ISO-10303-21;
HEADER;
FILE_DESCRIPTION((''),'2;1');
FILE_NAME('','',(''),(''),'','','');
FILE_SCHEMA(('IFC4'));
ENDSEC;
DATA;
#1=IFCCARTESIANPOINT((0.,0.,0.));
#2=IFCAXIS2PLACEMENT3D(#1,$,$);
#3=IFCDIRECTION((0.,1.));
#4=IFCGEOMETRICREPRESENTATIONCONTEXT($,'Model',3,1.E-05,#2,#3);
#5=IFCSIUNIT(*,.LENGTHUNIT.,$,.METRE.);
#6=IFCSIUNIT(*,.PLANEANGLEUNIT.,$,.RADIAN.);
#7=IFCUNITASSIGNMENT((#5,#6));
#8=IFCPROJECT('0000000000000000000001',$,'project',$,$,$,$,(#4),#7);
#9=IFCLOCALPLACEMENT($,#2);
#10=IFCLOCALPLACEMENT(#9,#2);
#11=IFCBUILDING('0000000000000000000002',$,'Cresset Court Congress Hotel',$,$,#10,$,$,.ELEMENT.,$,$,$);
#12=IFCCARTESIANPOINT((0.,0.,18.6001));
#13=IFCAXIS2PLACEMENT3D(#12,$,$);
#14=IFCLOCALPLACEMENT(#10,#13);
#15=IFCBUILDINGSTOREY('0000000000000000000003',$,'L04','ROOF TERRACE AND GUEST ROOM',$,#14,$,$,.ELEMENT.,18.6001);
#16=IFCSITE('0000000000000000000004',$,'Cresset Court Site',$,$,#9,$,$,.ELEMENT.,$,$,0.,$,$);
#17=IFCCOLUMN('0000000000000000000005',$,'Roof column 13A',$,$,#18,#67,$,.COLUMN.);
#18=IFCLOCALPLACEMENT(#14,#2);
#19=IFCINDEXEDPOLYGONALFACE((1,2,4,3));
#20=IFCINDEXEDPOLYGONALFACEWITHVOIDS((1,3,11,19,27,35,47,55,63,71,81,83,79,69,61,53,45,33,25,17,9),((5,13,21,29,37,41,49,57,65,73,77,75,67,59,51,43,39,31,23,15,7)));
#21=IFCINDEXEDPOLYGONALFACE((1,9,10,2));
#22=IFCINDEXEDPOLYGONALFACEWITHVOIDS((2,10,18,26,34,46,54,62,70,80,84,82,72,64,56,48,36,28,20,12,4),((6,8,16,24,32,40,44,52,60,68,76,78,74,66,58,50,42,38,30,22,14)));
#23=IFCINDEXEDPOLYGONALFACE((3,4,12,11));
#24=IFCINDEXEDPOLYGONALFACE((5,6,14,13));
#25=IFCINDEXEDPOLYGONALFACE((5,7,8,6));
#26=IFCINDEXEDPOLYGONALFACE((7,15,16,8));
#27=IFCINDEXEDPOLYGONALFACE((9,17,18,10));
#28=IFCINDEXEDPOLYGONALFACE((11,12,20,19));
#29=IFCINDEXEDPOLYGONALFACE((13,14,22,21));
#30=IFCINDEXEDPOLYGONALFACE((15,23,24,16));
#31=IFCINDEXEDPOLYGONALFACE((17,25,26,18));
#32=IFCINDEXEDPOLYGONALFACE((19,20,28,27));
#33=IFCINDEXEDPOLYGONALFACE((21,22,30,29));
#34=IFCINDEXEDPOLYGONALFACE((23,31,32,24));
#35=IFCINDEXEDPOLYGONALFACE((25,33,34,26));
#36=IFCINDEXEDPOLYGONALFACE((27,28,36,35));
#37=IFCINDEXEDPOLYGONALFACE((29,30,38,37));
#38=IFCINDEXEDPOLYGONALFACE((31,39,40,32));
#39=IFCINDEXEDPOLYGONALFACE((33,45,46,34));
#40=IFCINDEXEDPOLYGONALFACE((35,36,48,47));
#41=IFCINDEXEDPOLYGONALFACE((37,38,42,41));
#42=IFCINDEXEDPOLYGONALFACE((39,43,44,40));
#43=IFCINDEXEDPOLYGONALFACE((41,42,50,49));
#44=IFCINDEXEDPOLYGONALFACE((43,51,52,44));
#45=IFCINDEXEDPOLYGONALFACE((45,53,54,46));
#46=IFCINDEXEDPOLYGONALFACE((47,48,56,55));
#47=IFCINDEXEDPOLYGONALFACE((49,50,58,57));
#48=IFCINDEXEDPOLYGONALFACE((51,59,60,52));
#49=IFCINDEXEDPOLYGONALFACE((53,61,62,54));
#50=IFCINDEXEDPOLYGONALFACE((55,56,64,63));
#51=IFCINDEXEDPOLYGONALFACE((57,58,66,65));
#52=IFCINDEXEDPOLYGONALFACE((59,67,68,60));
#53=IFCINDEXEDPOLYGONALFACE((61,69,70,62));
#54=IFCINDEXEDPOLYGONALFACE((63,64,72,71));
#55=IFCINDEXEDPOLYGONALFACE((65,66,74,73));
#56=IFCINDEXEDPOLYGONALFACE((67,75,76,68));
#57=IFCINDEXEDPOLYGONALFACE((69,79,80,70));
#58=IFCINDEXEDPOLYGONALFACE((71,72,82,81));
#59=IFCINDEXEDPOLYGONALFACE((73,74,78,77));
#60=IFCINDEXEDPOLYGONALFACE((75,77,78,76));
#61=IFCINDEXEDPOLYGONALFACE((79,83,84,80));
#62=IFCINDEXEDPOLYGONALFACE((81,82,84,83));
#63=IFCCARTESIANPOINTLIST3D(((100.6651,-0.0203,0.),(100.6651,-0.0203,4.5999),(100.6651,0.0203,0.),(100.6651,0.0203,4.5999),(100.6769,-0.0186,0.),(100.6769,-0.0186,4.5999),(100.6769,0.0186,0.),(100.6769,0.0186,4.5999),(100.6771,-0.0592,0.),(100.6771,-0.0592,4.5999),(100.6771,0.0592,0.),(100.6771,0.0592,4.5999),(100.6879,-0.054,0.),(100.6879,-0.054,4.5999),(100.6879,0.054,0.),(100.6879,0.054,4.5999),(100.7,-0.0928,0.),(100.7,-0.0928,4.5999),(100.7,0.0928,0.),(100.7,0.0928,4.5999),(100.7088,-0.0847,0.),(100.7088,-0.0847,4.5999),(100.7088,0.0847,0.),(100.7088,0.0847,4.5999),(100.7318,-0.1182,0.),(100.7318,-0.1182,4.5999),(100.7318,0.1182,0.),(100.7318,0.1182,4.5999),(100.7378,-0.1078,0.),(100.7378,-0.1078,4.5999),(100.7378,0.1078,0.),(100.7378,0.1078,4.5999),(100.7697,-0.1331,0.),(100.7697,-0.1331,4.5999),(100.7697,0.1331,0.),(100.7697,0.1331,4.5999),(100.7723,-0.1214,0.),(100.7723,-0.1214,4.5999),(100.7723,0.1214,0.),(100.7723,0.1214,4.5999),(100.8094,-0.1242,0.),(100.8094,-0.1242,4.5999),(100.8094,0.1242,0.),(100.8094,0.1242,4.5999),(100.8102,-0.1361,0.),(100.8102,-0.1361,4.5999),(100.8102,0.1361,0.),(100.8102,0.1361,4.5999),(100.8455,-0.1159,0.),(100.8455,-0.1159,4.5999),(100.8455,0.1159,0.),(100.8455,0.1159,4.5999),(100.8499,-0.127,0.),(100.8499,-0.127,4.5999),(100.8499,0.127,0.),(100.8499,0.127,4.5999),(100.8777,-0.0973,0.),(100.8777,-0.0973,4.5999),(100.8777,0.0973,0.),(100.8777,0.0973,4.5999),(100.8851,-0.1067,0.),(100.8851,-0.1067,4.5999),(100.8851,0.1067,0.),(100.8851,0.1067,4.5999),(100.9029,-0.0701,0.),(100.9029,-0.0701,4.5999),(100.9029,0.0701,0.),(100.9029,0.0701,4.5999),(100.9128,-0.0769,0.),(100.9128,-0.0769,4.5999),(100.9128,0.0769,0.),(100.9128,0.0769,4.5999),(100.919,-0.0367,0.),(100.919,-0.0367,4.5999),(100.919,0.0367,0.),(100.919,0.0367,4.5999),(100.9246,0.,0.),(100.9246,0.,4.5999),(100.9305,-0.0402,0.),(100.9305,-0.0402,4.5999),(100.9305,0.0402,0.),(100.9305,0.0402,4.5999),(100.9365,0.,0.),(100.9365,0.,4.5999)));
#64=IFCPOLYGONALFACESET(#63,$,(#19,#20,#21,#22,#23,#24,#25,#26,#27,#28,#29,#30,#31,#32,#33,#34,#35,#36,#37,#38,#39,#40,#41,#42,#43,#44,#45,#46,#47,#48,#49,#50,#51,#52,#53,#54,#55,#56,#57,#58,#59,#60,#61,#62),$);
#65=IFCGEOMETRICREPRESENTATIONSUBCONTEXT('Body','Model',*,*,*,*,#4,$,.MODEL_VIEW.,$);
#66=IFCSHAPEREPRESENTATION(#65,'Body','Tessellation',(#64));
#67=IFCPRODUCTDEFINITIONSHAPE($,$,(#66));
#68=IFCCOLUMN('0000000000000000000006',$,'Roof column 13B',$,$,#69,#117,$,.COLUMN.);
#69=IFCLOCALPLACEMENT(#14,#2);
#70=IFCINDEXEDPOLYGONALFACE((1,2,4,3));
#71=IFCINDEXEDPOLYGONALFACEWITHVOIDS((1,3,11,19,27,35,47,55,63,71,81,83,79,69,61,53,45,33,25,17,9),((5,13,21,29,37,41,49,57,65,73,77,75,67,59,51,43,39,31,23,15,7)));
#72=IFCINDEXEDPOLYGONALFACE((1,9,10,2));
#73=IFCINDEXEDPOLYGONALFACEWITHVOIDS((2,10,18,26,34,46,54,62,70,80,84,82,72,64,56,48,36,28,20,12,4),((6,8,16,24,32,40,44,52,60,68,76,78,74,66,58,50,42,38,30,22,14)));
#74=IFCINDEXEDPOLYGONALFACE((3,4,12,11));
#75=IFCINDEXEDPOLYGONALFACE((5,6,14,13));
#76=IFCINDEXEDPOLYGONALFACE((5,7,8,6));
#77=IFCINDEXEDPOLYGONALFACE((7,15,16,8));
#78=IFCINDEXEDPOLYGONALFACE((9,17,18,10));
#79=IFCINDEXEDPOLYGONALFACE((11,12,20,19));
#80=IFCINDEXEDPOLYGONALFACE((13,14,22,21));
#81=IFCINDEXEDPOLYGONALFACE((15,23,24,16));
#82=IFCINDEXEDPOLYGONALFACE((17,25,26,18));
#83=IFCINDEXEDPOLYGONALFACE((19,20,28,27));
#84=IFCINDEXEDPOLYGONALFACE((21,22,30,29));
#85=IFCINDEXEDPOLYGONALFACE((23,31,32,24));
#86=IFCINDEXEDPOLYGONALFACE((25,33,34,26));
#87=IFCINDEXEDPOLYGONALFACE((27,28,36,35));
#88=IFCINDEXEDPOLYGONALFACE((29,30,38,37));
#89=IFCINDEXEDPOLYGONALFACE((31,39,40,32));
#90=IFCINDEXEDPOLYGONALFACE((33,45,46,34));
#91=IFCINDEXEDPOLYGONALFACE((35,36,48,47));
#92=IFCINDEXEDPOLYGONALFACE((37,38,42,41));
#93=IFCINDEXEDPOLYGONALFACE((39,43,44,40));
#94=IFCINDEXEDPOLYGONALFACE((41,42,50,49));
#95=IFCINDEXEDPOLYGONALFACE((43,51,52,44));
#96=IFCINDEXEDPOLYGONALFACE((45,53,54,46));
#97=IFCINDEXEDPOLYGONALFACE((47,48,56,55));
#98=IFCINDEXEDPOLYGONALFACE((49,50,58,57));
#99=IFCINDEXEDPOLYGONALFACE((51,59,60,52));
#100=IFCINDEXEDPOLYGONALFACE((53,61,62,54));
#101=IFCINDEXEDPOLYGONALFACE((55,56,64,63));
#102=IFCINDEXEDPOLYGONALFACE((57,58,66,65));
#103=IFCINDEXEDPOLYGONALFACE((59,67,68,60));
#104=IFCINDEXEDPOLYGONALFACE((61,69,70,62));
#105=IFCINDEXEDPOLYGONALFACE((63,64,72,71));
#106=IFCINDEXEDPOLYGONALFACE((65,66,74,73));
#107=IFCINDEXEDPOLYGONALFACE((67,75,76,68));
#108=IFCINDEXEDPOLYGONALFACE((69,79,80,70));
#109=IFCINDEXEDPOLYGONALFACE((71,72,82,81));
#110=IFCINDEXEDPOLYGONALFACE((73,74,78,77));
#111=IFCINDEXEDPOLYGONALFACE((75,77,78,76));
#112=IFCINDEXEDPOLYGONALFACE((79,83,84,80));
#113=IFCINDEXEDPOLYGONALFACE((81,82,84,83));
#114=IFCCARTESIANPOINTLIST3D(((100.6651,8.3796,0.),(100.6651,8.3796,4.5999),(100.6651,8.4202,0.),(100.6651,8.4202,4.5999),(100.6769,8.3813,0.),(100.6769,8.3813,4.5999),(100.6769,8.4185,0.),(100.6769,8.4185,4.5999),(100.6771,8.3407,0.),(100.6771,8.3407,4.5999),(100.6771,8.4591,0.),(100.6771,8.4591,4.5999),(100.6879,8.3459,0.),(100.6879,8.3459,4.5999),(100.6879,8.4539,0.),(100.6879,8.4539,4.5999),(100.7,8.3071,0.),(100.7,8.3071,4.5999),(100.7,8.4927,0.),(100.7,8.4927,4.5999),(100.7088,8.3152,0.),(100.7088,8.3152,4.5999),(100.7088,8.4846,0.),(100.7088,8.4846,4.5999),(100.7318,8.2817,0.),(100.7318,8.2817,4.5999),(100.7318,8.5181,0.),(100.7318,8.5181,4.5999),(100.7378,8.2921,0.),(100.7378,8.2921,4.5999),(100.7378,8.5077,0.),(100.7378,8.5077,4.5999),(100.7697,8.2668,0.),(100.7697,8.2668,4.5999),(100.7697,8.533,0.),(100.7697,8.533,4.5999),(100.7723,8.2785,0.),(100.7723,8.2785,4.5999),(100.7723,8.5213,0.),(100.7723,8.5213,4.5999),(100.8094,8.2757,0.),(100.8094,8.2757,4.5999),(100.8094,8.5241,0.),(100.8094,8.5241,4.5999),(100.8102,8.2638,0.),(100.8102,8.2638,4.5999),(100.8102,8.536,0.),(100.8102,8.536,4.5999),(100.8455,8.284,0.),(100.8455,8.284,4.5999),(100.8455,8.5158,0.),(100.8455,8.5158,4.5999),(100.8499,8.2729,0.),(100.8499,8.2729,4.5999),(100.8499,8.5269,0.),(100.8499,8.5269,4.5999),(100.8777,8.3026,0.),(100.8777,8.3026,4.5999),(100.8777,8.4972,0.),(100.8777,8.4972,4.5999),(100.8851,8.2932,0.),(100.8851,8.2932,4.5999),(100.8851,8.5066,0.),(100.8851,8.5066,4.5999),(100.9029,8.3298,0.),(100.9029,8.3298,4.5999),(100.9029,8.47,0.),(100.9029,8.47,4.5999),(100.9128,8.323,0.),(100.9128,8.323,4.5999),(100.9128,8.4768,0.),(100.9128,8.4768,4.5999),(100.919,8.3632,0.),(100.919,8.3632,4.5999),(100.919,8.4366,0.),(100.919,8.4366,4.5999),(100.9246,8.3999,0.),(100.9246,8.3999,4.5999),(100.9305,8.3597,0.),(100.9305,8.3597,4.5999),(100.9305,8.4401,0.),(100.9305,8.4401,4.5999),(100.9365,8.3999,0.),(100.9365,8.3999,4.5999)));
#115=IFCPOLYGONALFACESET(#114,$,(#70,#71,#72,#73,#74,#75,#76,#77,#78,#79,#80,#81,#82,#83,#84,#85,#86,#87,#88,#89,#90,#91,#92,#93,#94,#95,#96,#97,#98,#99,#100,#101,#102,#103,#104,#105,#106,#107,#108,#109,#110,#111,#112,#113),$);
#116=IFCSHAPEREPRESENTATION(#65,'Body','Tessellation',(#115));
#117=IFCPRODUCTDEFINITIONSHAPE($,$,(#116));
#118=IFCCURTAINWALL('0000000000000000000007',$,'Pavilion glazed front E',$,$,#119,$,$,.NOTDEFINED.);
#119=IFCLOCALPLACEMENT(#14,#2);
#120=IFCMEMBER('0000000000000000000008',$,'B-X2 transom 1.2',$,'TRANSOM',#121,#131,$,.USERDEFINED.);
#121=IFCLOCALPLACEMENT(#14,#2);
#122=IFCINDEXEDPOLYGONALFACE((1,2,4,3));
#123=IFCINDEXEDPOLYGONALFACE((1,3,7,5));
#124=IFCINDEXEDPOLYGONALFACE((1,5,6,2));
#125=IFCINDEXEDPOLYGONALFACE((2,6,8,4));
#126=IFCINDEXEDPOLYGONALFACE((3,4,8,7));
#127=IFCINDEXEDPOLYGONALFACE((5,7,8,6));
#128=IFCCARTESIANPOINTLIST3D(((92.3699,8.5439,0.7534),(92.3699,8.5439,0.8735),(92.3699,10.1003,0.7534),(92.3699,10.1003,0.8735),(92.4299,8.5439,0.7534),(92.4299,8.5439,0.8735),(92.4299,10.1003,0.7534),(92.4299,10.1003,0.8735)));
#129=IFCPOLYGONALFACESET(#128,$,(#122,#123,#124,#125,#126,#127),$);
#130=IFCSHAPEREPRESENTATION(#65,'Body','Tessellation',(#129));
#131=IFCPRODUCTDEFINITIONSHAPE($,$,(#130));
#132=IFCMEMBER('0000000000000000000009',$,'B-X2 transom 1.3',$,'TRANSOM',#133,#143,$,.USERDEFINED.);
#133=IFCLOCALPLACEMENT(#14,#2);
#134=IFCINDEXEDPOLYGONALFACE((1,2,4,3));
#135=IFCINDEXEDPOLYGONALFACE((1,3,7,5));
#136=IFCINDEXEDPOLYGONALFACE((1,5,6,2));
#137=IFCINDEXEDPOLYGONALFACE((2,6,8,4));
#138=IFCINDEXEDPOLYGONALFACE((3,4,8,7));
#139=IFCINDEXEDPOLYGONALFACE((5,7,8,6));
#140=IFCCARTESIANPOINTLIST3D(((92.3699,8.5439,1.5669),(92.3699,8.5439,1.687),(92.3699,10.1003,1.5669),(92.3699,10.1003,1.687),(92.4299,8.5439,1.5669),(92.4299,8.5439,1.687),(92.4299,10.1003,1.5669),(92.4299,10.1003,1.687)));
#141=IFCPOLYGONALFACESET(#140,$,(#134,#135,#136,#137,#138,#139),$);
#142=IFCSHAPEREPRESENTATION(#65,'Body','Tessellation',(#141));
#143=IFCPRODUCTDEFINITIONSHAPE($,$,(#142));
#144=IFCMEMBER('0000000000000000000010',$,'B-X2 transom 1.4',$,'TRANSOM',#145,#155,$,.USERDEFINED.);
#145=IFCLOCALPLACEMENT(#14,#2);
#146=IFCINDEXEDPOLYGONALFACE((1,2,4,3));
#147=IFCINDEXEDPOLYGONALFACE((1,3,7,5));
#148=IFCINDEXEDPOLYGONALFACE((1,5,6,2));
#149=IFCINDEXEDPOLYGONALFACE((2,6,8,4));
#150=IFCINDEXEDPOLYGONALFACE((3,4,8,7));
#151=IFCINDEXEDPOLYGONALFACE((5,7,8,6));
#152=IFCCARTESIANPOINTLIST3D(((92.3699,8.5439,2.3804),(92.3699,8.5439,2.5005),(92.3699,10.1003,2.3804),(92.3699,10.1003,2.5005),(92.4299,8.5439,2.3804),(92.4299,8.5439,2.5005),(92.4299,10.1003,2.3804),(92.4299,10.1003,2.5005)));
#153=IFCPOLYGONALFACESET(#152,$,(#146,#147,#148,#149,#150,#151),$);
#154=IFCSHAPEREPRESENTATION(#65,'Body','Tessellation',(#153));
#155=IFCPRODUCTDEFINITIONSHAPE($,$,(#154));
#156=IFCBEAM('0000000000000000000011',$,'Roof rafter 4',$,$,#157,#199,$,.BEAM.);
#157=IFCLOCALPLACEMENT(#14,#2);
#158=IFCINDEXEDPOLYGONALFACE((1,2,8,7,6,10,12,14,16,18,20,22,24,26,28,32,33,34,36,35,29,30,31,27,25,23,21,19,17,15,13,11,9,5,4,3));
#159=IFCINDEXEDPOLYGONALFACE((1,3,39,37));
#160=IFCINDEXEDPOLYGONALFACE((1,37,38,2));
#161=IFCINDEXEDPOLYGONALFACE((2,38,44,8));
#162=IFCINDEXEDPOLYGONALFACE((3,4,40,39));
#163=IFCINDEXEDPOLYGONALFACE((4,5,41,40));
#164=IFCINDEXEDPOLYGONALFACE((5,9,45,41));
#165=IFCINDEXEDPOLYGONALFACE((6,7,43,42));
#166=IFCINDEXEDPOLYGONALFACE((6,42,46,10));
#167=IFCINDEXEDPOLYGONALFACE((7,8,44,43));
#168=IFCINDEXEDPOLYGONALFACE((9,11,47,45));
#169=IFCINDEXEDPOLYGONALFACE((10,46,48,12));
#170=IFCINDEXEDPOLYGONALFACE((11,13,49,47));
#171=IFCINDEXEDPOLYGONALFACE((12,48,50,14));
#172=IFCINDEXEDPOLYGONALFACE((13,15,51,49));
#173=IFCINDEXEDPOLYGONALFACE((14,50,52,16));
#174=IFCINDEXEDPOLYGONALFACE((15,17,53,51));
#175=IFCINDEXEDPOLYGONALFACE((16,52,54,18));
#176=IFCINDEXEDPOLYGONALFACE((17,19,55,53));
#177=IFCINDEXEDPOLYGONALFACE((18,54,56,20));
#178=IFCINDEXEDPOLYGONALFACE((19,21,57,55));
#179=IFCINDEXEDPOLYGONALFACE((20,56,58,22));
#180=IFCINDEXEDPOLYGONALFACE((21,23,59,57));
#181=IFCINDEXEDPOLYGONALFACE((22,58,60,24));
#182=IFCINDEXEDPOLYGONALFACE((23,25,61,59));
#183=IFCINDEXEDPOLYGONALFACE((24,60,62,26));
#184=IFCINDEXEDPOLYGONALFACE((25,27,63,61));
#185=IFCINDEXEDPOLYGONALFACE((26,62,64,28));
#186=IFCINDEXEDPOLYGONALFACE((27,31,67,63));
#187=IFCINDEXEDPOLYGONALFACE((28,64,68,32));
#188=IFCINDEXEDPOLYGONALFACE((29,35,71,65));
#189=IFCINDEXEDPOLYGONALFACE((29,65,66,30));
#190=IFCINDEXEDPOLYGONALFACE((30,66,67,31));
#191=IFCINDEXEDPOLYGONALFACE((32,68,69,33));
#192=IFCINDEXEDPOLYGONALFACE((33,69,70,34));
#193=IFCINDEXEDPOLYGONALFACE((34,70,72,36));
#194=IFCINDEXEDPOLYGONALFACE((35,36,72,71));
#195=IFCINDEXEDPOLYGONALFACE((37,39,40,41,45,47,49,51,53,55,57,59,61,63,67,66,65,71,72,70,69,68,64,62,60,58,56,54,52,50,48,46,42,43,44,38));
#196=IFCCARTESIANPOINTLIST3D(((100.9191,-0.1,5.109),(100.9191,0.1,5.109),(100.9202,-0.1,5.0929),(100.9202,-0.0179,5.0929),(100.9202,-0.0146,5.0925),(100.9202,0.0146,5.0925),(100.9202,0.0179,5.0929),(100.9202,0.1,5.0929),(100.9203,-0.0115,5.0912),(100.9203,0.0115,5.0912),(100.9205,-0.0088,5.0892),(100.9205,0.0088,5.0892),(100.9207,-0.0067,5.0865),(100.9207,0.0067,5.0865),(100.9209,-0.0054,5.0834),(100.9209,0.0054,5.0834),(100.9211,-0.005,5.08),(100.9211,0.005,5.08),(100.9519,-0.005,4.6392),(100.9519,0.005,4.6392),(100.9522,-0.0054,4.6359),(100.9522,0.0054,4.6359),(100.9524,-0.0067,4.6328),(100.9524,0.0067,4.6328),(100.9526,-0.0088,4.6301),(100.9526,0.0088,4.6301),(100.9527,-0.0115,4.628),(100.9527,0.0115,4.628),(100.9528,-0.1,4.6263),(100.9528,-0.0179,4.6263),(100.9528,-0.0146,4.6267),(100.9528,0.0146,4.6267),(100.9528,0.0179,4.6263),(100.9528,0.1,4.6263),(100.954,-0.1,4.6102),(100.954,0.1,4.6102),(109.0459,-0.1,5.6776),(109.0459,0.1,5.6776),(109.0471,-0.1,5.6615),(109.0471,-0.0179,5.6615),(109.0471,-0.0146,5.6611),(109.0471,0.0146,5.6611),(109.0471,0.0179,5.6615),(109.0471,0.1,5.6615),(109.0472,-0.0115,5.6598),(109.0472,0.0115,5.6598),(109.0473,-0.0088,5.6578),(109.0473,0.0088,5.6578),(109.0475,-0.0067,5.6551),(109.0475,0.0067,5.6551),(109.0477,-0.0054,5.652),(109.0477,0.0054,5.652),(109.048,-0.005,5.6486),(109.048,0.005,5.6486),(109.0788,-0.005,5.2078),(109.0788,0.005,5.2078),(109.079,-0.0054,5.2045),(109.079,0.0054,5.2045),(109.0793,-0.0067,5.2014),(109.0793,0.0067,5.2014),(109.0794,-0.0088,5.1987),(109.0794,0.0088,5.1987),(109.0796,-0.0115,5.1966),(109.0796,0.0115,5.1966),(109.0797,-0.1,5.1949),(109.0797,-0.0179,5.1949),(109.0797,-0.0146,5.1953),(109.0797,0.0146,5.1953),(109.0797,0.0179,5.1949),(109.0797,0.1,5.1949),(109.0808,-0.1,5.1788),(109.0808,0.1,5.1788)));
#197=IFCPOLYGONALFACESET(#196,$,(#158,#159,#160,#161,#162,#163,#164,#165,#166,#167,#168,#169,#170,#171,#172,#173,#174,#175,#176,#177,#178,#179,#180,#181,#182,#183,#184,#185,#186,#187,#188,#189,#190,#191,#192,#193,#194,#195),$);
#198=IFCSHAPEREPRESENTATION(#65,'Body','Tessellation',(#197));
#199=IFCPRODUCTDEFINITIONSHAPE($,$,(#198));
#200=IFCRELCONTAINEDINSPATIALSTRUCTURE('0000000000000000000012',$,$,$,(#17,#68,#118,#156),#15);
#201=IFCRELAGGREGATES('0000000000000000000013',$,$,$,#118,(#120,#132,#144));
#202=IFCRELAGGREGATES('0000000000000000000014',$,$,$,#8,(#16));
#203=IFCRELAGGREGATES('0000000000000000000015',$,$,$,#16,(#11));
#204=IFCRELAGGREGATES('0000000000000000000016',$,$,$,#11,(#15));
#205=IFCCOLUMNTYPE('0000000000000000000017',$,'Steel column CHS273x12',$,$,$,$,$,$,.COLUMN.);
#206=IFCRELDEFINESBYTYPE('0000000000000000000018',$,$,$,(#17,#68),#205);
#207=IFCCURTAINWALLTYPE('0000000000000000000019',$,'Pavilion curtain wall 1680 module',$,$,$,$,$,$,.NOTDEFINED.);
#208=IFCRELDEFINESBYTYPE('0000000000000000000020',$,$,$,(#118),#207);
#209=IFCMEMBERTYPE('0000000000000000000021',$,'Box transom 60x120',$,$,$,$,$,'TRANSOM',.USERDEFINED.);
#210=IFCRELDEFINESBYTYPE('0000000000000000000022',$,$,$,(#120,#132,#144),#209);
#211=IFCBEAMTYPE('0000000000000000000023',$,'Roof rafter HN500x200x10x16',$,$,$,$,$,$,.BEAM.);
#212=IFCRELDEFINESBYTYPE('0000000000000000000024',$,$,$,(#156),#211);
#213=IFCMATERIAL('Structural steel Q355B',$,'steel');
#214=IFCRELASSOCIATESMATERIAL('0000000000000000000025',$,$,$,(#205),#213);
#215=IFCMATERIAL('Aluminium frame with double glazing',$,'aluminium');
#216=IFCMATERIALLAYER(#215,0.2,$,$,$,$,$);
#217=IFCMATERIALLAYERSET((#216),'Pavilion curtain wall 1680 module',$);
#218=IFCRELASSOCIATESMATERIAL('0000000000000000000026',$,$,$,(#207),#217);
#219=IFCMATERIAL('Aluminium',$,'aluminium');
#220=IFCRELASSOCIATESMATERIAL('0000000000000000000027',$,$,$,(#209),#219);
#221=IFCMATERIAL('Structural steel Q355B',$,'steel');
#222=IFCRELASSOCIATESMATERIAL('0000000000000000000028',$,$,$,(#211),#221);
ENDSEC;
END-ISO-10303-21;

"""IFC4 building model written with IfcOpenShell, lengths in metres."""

from ifc_helpers import new_model, si_unit, direction, frame, origin, origin_2d, place, context, subcontext, project, spatial, rectangle, hollow_circle, i_section, extrude, material, layer, layer_set, material_profile, profile_set, type_object, element, aggregate, save


model = new_model("IFC4")

# Units and contexts
model_context = context("Model", 3, precision=1e-05, world=origin(), true_north=direction((0.0, 1.0)))
body_context = subcontext(model_context, "Body", "Model", "MODEL_VIEW")
ifc_project = project(units=[si_unit("LENGTHUNIT", "METRE"), si_unit("PLANEANGLEUNIT", "RADIAN")], contexts=[model_context])

# Site, building, storey
site_placement = place(None, origin())
site = spatial("IfcSite", under=ifc_project, at=site_placement, Name="Cresset Court Site", CompositionType="ELEMENT", RefElevation=0.0)
building_placement = place(site_placement, origin())
building = spatial("IfcBuilding", under=site, at=building_placement, Name="Cresset Court Congress Hotel", CompositionType="ELEMENT")
storey_placement = place(building_placement, frame((0.0, 0.0, 18.6001)))
storey = spatial("IfcBuildingStorey", under=building, at=storey_placement, Name="L04", Description="ROOF TERRACE AND GUEST ROOM", CompositionType="ELEMENT", Elevation=18.6001)

# Columns
ifc_material_1 = material(Name="Structural steel Q355B", Category="steel")
ifc_material_profile_1 = material_profile(ifc_material_1, hollow_circle(Radius=0.1365, WallThickness=0.012, at=origin_2d()), Name="CHS273x12")
ifc_profile_set_1 = profile_set([ifc_material_profile_1], Name="Structural steel Q355B")
column_type = type_object("IfcColumnType", Name="Steel column CHS273x12", PredefinedType="COLUMN", material=ifc_profile_set_1)
for number, where, z_axis, x_axis, name in (
    (1, (100.8, 0.0, 0.0), (0.0, 0.0, 1.0), (1.0, 0.0, 0.0), "Roof column 13A"),
    (2, (100.8, 8.3999, 0.0), (0.0, 0.0, 1.0), (1.0, 0.0, 0.0), "Roof column 13B"),
):
    element("IfcColumn", number, at=place(storey_placement, frame(where, z_axis=z_axis, x_axis=x_axis)), inside=storey, type_object=column_type, Name=name, PredefinedType="COLUMN", context=body_context, shape_type="SweptSolid", body=[
        extrude(hollow_circle(Radius=0.1365, WallThickness=0.012, at=origin_2d()), origin(), (0.0, 0.0, 1.0), 4.5999),
    ])

# Curtain wall, members
ifc_material_2 = material(Name="Aluminium frame with double glazing", Category="aluminium")
ifc_layer_1 = layer(ifc_material_2, 0.2)
ifc_layer_set_1 = layer_set([ifc_layer_1], Name="Pavilion curtain wall 1680 module")
curtain_wall_type = type_object("IfcCurtainWallType", Name="Pavilion curtain wall 1680 module", PredefinedType="NOTDEFINED", material=ifc_layer_set_1)
curtain_wall_placement = place(storey_placement, origin())
curtain_wall = element("IfcCurtainWall", 3, at=curtain_wall_placement, inside=storey, type_object=curtain_wall_type, Name="Pavilion glazed front E", PredefinedType="NOTDEFINED")
ifc_material_3 = material(Name="Aluminium", Category="aluminium")
ifc_material_profile_2 = material_profile(ifc_material_3, rectangle(XDim=0.0601, YDim=0.1201, at=origin_2d()), Name="Box transom 60x120")
ifc_profile_set_2 = profile_set([ifc_material_profile_2], Name="Aluminium")
member_type = type_object("IfcMemberType", Name="Box transom 60x120", ElementType="TRANSOM", PredefinedType="USERDEFINED", material=ifc_profile_set_2)
member_1_placement = place(storey_placement, frame((92.3999, 8.5439, 0.8135), z_axis=(0.0, 1.0, 0.0), x_axis=(-1.0, 0.0, 0.0)))
member_1 = element("IfcMember", 4, at=member_1_placement, type_object=member_type, Name="B-X2 transom 1.2", ObjectType="TRANSOM", PredefinedType="USERDEFINED", context=body_context, shape_type="SweptSolid", body=[
    extrude(rectangle(XDim=0.0601, YDim=0.1201, at=origin_2d()), origin(), (0.0, 0.0, 1.0), 1.5564),
])
member_2_placement = place(storey_placement, frame((92.3999, 8.5439, 1.627), z_axis=(0.0, 1.0, 0.0), x_axis=(-1.0, 0.0, 0.0)))
member_2 = element("IfcMember", 5, at=member_2_placement, type_object=member_type, Name="B-X2 transom 1.3", ObjectType="TRANSOM", PredefinedType="USERDEFINED", context=body_context, shape_type="SweptSolid", body=[
    extrude(rectangle(XDim=0.0601, YDim=0.1201, at=origin_2d()), origin(), (0.0, 0.0, 1.0), 1.5564),
])
member_3_placement = place(storey_placement, frame((92.3999, 8.5439, 2.4404), z_axis=(0.0, 1.0, 0.0), x_axis=(-1.0, 0.0, 0.0)))
member_3 = element("IfcMember", 6, at=member_3_placement, type_object=member_type, Name="B-X2 transom 1.4", ObjectType="TRANSOM", PredefinedType="USERDEFINED", context=body_context, shape_type="SweptSolid", body=[
    extrude(rectangle(XDim=0.0601, YDim=0.1201, at=origin_2d()), origin(), (0.0, 0.0, 1.0), 1.5564),
])
aggregate(curtain_wall, [member_1, member_2, member_3])

# Beam
ifc_material_4 = material(Name="Structural steel Q355B", Category="steel")
ifc_material_profile_3 = material_profile(ifc_material_4, i_section(OverallWidth=0.2, OverallDepth=0.5, WebThickness=0.01, FlangeThickness=0.0161, FilletRadius=0.0129, at=origin_2d()), Name="HN500x200x10x16")
ifc_profile_set_3 = profile_set([ifc_material_profile_3], Name="Structural steel Q355B")
beam_type_1 = type_object("IfcBeamType", Name="Roof rafter HN500x200x10x16", PredefinedType="BEAM", material=ifc_profile_set_3)
for number, where, z_axis, x_axis, name in (
    (7, (100.9365, 0.0, 4.8596), (0.997561, 0.0, 0.069795), (0.0, 1.0, 0.0), "Roof rafter 4"),
):
    element("IfcBeam", number, at=place(storey_placement, frame(where, z_axis=z_axis, x_axis=x_axis)), inside=storey, type_object=beam_type_1, Name=name, PredefinedType="BEAM", context=body_context, shape_type="SweptSolid", body=[
        extrude(i_section(OverallWidth=0.2, OverallDepth=0.5, WebThickness=0.01, FlangeThickness=0.0161, FilletRadius=0.0129, at=origin_2d()), origin(), (0.0, 0.0, 1.0), 8.1467),
    ])

save(model, "model.ifc")
